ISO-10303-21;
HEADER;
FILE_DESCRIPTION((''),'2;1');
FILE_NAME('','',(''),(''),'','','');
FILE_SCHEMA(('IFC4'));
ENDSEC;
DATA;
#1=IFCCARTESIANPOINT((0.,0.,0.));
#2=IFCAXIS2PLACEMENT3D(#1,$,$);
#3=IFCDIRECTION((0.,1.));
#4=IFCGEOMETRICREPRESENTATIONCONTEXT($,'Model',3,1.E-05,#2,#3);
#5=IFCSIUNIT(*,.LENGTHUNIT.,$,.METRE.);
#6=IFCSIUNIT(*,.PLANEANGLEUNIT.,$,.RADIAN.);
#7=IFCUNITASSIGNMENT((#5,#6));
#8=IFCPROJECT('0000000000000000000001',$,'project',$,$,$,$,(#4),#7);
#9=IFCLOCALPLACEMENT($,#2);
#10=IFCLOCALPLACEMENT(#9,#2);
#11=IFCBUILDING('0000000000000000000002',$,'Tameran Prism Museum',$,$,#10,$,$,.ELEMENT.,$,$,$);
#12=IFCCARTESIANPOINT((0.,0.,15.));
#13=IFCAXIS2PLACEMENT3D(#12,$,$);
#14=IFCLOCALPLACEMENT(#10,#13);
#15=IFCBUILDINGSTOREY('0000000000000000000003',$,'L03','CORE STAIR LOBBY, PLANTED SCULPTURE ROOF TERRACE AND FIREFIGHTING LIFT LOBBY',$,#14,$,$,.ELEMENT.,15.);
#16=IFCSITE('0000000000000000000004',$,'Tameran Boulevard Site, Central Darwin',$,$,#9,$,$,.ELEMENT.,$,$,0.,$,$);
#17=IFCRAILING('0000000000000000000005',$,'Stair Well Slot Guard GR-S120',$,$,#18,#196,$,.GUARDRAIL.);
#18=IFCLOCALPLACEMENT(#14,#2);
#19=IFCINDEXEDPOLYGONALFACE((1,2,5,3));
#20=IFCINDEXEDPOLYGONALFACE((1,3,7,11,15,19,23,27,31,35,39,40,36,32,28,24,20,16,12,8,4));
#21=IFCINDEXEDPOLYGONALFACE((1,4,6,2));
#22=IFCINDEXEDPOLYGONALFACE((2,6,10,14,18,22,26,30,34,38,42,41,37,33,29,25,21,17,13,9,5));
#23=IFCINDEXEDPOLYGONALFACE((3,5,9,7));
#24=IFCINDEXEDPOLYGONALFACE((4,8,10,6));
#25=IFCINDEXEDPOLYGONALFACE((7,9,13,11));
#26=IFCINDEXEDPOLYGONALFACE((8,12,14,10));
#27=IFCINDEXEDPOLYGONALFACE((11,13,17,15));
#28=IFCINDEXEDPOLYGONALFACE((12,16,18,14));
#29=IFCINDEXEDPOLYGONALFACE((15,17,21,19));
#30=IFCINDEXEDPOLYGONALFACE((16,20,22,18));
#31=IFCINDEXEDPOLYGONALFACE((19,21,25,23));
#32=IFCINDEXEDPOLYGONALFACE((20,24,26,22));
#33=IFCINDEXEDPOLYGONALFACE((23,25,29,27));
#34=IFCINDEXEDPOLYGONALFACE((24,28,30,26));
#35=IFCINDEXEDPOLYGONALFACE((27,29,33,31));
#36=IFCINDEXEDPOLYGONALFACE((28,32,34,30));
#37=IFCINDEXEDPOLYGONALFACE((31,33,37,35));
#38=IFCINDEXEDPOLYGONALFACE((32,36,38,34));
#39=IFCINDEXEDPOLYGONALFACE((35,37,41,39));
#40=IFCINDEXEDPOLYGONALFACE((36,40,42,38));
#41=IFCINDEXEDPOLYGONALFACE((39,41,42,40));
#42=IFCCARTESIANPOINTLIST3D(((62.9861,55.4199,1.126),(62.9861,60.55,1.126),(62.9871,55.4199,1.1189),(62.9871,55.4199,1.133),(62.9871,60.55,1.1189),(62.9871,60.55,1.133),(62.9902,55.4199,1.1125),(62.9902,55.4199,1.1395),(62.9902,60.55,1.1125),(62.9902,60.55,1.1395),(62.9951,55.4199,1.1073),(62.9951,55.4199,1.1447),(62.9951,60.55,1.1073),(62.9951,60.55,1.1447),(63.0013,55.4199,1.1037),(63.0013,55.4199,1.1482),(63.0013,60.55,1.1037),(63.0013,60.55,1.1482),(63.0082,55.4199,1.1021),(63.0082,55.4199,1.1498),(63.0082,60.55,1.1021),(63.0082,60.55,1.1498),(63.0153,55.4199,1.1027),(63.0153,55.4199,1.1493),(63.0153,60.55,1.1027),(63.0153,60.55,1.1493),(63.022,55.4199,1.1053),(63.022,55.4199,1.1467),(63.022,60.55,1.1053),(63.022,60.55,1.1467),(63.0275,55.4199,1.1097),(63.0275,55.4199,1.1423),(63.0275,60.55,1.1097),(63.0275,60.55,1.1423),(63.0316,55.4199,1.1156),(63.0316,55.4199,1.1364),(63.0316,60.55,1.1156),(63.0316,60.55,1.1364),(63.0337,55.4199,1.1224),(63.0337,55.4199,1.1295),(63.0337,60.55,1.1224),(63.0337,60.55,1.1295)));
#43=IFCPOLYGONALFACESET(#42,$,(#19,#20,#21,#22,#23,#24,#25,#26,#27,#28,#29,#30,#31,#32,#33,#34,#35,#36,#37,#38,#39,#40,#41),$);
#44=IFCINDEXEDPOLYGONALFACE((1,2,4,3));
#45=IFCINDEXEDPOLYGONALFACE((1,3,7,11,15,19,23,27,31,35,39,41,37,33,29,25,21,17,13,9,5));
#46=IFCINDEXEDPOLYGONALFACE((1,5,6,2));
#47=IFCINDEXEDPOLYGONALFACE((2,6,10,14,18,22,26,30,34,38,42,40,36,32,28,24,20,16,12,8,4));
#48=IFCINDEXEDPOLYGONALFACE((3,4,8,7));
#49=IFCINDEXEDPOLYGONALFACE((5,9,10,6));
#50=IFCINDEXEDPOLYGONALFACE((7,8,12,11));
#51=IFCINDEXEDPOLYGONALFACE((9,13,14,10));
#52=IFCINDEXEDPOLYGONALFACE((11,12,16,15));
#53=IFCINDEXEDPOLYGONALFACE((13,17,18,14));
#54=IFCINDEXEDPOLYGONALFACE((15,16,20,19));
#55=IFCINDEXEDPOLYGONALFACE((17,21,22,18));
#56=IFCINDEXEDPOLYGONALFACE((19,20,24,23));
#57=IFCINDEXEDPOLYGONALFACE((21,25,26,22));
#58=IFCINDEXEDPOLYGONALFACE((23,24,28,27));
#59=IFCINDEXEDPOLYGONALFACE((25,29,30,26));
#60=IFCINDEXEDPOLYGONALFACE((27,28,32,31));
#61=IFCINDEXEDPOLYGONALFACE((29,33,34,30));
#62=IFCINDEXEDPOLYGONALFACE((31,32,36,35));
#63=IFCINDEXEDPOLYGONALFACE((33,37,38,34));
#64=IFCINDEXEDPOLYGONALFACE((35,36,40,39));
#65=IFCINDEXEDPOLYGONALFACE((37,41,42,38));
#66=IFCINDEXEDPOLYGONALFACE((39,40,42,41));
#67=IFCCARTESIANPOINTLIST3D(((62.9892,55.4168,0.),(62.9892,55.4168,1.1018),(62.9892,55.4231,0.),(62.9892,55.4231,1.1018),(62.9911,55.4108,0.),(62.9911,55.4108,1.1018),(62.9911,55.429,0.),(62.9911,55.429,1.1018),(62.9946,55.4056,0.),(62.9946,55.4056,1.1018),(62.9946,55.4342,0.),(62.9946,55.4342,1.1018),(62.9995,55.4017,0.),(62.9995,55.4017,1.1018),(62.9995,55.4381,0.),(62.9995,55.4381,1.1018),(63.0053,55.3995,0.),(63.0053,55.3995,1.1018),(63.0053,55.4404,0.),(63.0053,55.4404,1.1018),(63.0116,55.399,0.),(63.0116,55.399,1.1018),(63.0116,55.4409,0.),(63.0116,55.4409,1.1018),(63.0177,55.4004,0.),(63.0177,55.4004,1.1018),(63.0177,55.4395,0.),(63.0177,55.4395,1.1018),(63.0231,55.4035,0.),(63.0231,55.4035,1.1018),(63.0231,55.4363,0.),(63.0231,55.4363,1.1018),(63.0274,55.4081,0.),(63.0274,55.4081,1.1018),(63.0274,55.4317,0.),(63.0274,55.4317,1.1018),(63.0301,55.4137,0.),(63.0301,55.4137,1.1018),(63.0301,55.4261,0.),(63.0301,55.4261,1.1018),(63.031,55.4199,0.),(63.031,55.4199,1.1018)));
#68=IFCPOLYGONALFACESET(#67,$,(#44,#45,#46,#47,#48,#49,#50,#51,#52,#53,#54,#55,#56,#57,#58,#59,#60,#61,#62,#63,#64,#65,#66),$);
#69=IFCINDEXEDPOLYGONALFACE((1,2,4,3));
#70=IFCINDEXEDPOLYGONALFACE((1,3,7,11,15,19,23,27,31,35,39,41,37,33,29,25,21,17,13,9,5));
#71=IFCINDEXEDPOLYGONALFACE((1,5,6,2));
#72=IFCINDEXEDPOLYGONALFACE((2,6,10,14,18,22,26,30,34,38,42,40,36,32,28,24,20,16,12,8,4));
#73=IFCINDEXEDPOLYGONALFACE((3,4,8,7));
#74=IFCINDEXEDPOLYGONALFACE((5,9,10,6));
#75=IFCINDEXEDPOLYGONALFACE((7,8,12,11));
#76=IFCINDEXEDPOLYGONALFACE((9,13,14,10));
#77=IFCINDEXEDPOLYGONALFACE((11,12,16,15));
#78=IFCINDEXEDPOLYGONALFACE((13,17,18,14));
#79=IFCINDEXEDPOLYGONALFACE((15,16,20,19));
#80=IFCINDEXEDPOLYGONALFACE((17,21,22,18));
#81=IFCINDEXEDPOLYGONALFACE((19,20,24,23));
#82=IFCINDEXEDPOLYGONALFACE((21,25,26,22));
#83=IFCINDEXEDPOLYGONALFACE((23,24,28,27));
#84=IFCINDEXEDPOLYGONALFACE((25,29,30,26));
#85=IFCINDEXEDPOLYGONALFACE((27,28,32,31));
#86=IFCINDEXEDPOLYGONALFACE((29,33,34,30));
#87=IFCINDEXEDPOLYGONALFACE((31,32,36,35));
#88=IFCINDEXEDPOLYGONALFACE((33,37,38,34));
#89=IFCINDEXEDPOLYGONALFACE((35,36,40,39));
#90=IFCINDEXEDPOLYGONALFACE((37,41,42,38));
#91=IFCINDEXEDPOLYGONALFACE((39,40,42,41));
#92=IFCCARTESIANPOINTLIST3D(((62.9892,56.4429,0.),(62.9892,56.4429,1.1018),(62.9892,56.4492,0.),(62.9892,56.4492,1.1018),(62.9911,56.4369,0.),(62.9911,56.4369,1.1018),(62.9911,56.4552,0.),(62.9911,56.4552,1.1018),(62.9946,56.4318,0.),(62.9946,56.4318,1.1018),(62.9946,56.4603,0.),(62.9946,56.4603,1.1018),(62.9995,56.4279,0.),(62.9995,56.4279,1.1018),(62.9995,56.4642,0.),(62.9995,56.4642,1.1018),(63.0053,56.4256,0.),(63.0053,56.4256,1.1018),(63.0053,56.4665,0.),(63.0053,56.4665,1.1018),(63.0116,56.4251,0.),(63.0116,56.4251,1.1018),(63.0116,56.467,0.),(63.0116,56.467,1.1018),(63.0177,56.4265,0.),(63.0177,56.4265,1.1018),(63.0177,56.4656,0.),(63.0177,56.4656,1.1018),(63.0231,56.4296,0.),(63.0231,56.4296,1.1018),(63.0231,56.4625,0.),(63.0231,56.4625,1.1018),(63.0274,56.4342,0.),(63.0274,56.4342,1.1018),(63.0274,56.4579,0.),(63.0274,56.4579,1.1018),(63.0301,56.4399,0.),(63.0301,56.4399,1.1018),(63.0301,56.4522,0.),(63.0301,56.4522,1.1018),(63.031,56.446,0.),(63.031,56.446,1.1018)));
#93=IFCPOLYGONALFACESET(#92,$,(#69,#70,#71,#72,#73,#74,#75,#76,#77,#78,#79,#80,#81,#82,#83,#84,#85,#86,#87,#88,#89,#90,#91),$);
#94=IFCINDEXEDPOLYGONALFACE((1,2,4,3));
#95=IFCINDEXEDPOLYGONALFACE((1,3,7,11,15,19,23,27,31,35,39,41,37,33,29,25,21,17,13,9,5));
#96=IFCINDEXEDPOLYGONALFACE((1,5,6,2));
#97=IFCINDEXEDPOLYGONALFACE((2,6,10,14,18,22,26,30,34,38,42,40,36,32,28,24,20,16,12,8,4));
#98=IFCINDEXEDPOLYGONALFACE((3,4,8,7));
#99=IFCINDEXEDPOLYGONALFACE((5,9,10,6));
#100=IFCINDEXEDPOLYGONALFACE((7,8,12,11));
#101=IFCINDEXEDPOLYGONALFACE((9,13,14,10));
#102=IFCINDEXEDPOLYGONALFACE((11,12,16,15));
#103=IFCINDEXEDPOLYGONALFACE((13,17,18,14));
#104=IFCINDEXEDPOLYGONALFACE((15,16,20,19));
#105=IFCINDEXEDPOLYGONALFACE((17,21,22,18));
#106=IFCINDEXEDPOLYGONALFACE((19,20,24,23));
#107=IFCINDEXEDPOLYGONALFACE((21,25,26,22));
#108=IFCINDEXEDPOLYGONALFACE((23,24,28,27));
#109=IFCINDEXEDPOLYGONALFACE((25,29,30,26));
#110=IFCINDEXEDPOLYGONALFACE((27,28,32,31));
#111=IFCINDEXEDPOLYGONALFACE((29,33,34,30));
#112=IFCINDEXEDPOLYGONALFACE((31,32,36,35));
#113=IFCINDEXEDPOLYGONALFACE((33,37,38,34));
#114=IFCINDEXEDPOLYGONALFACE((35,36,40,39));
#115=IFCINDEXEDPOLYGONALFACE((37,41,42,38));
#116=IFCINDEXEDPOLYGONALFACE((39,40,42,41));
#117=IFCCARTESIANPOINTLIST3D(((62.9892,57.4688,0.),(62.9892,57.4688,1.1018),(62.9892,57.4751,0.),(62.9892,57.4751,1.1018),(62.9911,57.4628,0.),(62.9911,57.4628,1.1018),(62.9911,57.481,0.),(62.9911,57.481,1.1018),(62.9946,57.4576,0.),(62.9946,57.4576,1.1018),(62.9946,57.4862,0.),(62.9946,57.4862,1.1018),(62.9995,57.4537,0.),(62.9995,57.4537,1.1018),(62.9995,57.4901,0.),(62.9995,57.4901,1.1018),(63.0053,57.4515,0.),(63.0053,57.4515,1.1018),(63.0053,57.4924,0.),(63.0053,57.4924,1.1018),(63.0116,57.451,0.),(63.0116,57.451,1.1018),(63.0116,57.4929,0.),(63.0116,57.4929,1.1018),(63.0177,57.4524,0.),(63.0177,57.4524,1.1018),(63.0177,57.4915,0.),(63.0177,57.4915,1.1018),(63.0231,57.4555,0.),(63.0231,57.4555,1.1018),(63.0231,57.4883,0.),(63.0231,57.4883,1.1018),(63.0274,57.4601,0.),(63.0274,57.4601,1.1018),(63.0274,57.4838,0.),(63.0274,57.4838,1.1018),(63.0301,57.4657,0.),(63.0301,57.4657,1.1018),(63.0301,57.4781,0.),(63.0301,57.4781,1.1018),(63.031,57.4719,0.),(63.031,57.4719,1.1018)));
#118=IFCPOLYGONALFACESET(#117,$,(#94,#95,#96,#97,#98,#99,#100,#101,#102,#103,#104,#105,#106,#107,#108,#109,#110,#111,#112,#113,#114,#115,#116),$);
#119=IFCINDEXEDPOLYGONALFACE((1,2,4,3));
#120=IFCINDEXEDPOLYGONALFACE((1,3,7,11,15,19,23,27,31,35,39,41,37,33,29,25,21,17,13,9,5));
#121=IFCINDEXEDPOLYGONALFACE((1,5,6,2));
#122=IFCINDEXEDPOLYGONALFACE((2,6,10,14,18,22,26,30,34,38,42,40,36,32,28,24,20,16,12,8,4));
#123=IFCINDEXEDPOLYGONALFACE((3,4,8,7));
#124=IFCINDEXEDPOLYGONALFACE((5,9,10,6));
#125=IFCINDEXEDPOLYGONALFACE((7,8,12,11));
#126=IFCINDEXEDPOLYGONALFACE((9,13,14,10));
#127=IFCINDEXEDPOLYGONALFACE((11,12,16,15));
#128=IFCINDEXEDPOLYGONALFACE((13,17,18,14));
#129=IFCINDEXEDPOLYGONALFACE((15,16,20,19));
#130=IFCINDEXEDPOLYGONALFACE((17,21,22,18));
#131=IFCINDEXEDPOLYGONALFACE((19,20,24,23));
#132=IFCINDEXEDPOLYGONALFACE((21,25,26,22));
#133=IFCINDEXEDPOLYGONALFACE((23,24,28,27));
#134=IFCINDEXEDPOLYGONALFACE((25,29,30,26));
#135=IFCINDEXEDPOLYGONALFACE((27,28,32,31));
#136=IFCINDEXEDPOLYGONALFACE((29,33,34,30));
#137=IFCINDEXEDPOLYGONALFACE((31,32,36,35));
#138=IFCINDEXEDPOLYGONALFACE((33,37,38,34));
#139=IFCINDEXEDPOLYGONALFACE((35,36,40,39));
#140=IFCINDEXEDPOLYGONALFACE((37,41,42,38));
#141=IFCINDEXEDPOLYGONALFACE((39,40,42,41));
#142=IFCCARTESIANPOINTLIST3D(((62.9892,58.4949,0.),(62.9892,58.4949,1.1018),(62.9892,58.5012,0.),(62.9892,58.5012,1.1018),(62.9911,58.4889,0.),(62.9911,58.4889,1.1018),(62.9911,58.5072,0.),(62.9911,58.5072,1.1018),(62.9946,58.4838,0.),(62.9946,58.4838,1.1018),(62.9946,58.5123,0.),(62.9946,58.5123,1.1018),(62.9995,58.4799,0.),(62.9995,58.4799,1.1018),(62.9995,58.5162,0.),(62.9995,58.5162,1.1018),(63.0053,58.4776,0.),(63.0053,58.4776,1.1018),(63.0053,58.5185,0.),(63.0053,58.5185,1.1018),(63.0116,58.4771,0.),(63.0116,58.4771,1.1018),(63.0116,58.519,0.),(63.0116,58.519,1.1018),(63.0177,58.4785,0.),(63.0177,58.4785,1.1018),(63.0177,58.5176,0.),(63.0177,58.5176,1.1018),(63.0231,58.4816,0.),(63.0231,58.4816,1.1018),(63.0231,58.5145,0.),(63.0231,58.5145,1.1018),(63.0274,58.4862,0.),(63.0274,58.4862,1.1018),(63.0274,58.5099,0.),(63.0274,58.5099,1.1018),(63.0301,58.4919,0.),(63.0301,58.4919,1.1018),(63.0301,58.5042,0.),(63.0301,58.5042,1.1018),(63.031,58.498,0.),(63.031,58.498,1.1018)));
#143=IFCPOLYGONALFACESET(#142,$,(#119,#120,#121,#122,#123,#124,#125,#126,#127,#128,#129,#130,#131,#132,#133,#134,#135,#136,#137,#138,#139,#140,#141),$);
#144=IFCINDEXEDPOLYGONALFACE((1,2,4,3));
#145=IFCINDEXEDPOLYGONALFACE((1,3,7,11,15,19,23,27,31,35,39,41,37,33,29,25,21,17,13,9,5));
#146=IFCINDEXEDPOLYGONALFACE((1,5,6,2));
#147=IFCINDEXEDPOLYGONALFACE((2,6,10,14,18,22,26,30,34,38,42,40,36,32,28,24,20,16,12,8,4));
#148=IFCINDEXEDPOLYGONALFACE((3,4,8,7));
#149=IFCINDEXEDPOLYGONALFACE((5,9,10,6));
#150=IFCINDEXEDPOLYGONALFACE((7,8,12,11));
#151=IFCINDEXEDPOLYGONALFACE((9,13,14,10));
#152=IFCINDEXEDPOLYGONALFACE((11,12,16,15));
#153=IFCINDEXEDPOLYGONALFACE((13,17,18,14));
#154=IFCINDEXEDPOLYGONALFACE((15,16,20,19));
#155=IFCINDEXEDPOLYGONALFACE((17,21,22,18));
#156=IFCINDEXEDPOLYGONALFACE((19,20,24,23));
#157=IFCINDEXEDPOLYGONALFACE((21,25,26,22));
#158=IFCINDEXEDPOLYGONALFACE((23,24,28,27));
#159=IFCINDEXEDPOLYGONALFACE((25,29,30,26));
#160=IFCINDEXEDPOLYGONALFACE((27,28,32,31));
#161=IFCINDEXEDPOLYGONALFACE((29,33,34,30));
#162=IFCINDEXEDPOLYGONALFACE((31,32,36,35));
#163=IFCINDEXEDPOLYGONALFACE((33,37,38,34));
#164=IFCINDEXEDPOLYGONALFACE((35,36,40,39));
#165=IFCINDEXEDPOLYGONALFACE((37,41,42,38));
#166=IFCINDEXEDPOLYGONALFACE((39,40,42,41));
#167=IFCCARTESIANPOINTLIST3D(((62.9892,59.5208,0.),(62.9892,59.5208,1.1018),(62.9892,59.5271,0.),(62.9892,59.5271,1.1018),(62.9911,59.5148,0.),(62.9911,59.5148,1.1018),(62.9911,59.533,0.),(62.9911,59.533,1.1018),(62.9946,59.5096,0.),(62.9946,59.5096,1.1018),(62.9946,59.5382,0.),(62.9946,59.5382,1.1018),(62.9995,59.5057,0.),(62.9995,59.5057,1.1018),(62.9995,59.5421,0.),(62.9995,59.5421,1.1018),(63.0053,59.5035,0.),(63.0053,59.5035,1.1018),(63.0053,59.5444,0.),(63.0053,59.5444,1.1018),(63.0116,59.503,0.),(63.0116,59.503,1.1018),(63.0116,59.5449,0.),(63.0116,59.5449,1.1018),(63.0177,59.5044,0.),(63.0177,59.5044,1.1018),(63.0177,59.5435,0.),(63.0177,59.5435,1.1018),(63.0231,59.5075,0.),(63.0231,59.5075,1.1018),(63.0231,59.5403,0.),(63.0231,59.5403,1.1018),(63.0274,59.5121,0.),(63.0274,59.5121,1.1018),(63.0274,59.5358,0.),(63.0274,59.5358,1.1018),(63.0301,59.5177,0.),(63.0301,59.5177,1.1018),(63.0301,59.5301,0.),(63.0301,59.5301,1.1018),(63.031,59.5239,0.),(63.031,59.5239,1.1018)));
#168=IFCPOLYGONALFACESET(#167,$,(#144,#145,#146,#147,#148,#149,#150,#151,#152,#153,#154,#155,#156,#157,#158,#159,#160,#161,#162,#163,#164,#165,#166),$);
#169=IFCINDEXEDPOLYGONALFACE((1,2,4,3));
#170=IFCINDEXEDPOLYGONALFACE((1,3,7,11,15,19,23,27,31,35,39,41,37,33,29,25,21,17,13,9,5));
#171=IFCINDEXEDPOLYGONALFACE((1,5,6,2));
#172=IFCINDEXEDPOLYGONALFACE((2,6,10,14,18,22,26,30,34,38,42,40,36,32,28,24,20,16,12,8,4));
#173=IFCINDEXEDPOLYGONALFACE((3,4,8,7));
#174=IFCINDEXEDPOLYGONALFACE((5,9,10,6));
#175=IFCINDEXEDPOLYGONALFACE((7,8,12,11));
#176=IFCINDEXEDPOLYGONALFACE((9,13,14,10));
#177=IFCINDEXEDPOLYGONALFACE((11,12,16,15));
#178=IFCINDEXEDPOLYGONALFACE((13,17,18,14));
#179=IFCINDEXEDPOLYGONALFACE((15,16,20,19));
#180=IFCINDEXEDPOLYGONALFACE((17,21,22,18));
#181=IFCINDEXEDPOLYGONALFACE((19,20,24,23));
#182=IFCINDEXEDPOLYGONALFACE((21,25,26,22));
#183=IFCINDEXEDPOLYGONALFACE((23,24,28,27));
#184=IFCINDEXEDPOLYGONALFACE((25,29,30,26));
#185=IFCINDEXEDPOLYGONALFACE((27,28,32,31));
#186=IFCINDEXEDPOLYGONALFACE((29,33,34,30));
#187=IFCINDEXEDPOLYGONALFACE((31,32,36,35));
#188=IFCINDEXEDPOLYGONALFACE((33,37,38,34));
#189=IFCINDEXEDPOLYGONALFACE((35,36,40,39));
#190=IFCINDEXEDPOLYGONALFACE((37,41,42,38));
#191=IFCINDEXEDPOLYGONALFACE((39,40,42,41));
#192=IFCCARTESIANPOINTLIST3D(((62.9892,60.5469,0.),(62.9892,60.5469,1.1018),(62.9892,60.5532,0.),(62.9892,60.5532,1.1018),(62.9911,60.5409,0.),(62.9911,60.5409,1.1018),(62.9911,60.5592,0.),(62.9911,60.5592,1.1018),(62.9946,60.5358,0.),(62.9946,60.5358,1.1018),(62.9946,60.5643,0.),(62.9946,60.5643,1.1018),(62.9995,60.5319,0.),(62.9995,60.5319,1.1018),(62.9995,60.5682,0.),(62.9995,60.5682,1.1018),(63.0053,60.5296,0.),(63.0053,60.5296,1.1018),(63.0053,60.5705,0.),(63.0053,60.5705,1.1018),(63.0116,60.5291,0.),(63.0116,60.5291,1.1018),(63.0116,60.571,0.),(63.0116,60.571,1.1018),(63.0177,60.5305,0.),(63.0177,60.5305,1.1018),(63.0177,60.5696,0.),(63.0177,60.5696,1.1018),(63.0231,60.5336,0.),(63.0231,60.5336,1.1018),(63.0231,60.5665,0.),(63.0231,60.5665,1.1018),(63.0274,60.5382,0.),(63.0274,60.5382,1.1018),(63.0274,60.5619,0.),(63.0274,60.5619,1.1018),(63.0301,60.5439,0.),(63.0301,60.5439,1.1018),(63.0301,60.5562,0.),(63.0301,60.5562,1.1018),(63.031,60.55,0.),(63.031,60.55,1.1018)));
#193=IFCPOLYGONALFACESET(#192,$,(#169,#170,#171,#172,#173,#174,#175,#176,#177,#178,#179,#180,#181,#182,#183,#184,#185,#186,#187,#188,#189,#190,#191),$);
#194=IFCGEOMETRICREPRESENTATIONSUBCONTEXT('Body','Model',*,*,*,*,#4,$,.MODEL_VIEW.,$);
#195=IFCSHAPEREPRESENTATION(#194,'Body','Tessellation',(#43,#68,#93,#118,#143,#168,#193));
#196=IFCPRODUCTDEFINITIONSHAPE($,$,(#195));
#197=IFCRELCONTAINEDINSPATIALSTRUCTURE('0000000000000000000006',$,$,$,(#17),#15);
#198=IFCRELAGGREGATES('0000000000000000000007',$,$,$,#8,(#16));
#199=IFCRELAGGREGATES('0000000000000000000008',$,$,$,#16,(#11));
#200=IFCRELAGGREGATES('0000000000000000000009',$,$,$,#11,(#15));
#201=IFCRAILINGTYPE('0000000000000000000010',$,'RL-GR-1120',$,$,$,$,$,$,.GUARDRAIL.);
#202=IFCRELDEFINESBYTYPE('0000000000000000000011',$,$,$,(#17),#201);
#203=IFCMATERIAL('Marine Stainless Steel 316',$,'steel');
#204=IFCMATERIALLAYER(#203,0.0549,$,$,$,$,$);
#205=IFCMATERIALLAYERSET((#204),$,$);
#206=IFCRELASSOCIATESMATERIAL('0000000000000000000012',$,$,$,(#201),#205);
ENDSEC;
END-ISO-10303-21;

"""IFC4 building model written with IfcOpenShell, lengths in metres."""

from ifc_helpers import new_model, si_unit, direction, frame, origin, origin_2d, place, context, subcontext, project, spatial, circle, extrude, material, layer, layer_set, type_object, element, save


model = new_model("IFC4")

# Units and contexts
model_context = context("Model", 3, precision=1e-05, world=origin(), true_north=direction((0.0, 1.0)))
body_context = subcontext(model_context, "Body", "Model", "MODEL_VIEW")
ifc_project = project(units=[si_unit("LENGTHUNIT", "METRE"), si_unit("PLANEANGLEUNIT", "RADIAN")], contexts=[model_context])

# Site, building, storey
site_placement = place(None, origin())
site = spatial("IfcSite", under=ifc_project, at=site_placement, Name="Tameran Boulevard Site, Central Darwin", CompositionType="ELEMENT", RefElevation=0.0)
building_placement = place(site_placement, origin())
building = spatial("IfcBuilding", under=site, at=building_placement, Name="Tameran Prism Museum", CompositionType="ELEMENT")
storey_placement = place(building_placement, frame((0.0, 0.0, 15.0)))
storey = spatial("IfcBuildingStorey", under=building, at=storey_placement, Name="L03", Description="CORE STAIR LOBBY, PLANTED SCULPTURE ROOF TERRACE AND FIREFIGHTING LIFT LOBBY", CompositionType="ELEMENT", Elevation=15.0)

# Railing
ifc_material_1 = material(Name="Marine Stainless Steel 316", Category="steel")
ifc_layer_1 = layer(ifc_material_1, 0.0549)
ifc_layer_set_1 = layer_set([ifc_layer_1])
railing_type = type_object("IfcRailingType", Name="RL-GR-1120", PredefinedType="GUARDRAIL", material=ifc_layer_set_1)
railing_placement = place(storey_placement, frame((63.01, 55.4199, 0.0)))
element("IfcRailing", 1, at=railing_placement, inside=storey, type_object=railing_type, Name="Stair Well Slot Guard GR-S120", PredefinedType="GUARDRAIL", context=body_context, shape_type="SweptSolid", body=[
    extrude(circle(Radius=0.0239, at=origin_2d()), frame((0.0, 0.0, 1.126), z_axis=(0.0, 1.0, 0.0), x_axis=(-1.0, 0.0, 0.0)), (0.0, 0.0, 1.0), 5.1301),
    extrude(circle(Radius=0.021, at=origin_2d()), origin(), (0.0, 0.0, 1.0), 1.1018),
    extrude(circle(Radius=0.021, at=origin_2d()), frame((0.0, 1.0261, 0.0)), (0.0, 0.0, 1.0), 1.1018),
    extrude(circle(Radius=0.021, at=origin_2d()), frame((0.0, 2.052, 0.0)), (0.0, 0.0, 1.0), 1.1018),
    extrude(circle(Radius=0.021, at=origin_2d()), frame((0.0, 3.0781, 0.0)), (0.0, 0.0, 1.0), 1.1018),
    extrude(circle(Radius=0.021, at=origin_2d()), frame((0.0, 4.104, 0.0)), (0.0, 0.0, 1.0), 1.1018),
    extrude(circle(Radius=0.021, at=origin_2d()), frame((0.0, 5.1301, 0.0)), (0.0, 0.0, 1.0), 1.1018),
])

save(model, "model.ifc")
